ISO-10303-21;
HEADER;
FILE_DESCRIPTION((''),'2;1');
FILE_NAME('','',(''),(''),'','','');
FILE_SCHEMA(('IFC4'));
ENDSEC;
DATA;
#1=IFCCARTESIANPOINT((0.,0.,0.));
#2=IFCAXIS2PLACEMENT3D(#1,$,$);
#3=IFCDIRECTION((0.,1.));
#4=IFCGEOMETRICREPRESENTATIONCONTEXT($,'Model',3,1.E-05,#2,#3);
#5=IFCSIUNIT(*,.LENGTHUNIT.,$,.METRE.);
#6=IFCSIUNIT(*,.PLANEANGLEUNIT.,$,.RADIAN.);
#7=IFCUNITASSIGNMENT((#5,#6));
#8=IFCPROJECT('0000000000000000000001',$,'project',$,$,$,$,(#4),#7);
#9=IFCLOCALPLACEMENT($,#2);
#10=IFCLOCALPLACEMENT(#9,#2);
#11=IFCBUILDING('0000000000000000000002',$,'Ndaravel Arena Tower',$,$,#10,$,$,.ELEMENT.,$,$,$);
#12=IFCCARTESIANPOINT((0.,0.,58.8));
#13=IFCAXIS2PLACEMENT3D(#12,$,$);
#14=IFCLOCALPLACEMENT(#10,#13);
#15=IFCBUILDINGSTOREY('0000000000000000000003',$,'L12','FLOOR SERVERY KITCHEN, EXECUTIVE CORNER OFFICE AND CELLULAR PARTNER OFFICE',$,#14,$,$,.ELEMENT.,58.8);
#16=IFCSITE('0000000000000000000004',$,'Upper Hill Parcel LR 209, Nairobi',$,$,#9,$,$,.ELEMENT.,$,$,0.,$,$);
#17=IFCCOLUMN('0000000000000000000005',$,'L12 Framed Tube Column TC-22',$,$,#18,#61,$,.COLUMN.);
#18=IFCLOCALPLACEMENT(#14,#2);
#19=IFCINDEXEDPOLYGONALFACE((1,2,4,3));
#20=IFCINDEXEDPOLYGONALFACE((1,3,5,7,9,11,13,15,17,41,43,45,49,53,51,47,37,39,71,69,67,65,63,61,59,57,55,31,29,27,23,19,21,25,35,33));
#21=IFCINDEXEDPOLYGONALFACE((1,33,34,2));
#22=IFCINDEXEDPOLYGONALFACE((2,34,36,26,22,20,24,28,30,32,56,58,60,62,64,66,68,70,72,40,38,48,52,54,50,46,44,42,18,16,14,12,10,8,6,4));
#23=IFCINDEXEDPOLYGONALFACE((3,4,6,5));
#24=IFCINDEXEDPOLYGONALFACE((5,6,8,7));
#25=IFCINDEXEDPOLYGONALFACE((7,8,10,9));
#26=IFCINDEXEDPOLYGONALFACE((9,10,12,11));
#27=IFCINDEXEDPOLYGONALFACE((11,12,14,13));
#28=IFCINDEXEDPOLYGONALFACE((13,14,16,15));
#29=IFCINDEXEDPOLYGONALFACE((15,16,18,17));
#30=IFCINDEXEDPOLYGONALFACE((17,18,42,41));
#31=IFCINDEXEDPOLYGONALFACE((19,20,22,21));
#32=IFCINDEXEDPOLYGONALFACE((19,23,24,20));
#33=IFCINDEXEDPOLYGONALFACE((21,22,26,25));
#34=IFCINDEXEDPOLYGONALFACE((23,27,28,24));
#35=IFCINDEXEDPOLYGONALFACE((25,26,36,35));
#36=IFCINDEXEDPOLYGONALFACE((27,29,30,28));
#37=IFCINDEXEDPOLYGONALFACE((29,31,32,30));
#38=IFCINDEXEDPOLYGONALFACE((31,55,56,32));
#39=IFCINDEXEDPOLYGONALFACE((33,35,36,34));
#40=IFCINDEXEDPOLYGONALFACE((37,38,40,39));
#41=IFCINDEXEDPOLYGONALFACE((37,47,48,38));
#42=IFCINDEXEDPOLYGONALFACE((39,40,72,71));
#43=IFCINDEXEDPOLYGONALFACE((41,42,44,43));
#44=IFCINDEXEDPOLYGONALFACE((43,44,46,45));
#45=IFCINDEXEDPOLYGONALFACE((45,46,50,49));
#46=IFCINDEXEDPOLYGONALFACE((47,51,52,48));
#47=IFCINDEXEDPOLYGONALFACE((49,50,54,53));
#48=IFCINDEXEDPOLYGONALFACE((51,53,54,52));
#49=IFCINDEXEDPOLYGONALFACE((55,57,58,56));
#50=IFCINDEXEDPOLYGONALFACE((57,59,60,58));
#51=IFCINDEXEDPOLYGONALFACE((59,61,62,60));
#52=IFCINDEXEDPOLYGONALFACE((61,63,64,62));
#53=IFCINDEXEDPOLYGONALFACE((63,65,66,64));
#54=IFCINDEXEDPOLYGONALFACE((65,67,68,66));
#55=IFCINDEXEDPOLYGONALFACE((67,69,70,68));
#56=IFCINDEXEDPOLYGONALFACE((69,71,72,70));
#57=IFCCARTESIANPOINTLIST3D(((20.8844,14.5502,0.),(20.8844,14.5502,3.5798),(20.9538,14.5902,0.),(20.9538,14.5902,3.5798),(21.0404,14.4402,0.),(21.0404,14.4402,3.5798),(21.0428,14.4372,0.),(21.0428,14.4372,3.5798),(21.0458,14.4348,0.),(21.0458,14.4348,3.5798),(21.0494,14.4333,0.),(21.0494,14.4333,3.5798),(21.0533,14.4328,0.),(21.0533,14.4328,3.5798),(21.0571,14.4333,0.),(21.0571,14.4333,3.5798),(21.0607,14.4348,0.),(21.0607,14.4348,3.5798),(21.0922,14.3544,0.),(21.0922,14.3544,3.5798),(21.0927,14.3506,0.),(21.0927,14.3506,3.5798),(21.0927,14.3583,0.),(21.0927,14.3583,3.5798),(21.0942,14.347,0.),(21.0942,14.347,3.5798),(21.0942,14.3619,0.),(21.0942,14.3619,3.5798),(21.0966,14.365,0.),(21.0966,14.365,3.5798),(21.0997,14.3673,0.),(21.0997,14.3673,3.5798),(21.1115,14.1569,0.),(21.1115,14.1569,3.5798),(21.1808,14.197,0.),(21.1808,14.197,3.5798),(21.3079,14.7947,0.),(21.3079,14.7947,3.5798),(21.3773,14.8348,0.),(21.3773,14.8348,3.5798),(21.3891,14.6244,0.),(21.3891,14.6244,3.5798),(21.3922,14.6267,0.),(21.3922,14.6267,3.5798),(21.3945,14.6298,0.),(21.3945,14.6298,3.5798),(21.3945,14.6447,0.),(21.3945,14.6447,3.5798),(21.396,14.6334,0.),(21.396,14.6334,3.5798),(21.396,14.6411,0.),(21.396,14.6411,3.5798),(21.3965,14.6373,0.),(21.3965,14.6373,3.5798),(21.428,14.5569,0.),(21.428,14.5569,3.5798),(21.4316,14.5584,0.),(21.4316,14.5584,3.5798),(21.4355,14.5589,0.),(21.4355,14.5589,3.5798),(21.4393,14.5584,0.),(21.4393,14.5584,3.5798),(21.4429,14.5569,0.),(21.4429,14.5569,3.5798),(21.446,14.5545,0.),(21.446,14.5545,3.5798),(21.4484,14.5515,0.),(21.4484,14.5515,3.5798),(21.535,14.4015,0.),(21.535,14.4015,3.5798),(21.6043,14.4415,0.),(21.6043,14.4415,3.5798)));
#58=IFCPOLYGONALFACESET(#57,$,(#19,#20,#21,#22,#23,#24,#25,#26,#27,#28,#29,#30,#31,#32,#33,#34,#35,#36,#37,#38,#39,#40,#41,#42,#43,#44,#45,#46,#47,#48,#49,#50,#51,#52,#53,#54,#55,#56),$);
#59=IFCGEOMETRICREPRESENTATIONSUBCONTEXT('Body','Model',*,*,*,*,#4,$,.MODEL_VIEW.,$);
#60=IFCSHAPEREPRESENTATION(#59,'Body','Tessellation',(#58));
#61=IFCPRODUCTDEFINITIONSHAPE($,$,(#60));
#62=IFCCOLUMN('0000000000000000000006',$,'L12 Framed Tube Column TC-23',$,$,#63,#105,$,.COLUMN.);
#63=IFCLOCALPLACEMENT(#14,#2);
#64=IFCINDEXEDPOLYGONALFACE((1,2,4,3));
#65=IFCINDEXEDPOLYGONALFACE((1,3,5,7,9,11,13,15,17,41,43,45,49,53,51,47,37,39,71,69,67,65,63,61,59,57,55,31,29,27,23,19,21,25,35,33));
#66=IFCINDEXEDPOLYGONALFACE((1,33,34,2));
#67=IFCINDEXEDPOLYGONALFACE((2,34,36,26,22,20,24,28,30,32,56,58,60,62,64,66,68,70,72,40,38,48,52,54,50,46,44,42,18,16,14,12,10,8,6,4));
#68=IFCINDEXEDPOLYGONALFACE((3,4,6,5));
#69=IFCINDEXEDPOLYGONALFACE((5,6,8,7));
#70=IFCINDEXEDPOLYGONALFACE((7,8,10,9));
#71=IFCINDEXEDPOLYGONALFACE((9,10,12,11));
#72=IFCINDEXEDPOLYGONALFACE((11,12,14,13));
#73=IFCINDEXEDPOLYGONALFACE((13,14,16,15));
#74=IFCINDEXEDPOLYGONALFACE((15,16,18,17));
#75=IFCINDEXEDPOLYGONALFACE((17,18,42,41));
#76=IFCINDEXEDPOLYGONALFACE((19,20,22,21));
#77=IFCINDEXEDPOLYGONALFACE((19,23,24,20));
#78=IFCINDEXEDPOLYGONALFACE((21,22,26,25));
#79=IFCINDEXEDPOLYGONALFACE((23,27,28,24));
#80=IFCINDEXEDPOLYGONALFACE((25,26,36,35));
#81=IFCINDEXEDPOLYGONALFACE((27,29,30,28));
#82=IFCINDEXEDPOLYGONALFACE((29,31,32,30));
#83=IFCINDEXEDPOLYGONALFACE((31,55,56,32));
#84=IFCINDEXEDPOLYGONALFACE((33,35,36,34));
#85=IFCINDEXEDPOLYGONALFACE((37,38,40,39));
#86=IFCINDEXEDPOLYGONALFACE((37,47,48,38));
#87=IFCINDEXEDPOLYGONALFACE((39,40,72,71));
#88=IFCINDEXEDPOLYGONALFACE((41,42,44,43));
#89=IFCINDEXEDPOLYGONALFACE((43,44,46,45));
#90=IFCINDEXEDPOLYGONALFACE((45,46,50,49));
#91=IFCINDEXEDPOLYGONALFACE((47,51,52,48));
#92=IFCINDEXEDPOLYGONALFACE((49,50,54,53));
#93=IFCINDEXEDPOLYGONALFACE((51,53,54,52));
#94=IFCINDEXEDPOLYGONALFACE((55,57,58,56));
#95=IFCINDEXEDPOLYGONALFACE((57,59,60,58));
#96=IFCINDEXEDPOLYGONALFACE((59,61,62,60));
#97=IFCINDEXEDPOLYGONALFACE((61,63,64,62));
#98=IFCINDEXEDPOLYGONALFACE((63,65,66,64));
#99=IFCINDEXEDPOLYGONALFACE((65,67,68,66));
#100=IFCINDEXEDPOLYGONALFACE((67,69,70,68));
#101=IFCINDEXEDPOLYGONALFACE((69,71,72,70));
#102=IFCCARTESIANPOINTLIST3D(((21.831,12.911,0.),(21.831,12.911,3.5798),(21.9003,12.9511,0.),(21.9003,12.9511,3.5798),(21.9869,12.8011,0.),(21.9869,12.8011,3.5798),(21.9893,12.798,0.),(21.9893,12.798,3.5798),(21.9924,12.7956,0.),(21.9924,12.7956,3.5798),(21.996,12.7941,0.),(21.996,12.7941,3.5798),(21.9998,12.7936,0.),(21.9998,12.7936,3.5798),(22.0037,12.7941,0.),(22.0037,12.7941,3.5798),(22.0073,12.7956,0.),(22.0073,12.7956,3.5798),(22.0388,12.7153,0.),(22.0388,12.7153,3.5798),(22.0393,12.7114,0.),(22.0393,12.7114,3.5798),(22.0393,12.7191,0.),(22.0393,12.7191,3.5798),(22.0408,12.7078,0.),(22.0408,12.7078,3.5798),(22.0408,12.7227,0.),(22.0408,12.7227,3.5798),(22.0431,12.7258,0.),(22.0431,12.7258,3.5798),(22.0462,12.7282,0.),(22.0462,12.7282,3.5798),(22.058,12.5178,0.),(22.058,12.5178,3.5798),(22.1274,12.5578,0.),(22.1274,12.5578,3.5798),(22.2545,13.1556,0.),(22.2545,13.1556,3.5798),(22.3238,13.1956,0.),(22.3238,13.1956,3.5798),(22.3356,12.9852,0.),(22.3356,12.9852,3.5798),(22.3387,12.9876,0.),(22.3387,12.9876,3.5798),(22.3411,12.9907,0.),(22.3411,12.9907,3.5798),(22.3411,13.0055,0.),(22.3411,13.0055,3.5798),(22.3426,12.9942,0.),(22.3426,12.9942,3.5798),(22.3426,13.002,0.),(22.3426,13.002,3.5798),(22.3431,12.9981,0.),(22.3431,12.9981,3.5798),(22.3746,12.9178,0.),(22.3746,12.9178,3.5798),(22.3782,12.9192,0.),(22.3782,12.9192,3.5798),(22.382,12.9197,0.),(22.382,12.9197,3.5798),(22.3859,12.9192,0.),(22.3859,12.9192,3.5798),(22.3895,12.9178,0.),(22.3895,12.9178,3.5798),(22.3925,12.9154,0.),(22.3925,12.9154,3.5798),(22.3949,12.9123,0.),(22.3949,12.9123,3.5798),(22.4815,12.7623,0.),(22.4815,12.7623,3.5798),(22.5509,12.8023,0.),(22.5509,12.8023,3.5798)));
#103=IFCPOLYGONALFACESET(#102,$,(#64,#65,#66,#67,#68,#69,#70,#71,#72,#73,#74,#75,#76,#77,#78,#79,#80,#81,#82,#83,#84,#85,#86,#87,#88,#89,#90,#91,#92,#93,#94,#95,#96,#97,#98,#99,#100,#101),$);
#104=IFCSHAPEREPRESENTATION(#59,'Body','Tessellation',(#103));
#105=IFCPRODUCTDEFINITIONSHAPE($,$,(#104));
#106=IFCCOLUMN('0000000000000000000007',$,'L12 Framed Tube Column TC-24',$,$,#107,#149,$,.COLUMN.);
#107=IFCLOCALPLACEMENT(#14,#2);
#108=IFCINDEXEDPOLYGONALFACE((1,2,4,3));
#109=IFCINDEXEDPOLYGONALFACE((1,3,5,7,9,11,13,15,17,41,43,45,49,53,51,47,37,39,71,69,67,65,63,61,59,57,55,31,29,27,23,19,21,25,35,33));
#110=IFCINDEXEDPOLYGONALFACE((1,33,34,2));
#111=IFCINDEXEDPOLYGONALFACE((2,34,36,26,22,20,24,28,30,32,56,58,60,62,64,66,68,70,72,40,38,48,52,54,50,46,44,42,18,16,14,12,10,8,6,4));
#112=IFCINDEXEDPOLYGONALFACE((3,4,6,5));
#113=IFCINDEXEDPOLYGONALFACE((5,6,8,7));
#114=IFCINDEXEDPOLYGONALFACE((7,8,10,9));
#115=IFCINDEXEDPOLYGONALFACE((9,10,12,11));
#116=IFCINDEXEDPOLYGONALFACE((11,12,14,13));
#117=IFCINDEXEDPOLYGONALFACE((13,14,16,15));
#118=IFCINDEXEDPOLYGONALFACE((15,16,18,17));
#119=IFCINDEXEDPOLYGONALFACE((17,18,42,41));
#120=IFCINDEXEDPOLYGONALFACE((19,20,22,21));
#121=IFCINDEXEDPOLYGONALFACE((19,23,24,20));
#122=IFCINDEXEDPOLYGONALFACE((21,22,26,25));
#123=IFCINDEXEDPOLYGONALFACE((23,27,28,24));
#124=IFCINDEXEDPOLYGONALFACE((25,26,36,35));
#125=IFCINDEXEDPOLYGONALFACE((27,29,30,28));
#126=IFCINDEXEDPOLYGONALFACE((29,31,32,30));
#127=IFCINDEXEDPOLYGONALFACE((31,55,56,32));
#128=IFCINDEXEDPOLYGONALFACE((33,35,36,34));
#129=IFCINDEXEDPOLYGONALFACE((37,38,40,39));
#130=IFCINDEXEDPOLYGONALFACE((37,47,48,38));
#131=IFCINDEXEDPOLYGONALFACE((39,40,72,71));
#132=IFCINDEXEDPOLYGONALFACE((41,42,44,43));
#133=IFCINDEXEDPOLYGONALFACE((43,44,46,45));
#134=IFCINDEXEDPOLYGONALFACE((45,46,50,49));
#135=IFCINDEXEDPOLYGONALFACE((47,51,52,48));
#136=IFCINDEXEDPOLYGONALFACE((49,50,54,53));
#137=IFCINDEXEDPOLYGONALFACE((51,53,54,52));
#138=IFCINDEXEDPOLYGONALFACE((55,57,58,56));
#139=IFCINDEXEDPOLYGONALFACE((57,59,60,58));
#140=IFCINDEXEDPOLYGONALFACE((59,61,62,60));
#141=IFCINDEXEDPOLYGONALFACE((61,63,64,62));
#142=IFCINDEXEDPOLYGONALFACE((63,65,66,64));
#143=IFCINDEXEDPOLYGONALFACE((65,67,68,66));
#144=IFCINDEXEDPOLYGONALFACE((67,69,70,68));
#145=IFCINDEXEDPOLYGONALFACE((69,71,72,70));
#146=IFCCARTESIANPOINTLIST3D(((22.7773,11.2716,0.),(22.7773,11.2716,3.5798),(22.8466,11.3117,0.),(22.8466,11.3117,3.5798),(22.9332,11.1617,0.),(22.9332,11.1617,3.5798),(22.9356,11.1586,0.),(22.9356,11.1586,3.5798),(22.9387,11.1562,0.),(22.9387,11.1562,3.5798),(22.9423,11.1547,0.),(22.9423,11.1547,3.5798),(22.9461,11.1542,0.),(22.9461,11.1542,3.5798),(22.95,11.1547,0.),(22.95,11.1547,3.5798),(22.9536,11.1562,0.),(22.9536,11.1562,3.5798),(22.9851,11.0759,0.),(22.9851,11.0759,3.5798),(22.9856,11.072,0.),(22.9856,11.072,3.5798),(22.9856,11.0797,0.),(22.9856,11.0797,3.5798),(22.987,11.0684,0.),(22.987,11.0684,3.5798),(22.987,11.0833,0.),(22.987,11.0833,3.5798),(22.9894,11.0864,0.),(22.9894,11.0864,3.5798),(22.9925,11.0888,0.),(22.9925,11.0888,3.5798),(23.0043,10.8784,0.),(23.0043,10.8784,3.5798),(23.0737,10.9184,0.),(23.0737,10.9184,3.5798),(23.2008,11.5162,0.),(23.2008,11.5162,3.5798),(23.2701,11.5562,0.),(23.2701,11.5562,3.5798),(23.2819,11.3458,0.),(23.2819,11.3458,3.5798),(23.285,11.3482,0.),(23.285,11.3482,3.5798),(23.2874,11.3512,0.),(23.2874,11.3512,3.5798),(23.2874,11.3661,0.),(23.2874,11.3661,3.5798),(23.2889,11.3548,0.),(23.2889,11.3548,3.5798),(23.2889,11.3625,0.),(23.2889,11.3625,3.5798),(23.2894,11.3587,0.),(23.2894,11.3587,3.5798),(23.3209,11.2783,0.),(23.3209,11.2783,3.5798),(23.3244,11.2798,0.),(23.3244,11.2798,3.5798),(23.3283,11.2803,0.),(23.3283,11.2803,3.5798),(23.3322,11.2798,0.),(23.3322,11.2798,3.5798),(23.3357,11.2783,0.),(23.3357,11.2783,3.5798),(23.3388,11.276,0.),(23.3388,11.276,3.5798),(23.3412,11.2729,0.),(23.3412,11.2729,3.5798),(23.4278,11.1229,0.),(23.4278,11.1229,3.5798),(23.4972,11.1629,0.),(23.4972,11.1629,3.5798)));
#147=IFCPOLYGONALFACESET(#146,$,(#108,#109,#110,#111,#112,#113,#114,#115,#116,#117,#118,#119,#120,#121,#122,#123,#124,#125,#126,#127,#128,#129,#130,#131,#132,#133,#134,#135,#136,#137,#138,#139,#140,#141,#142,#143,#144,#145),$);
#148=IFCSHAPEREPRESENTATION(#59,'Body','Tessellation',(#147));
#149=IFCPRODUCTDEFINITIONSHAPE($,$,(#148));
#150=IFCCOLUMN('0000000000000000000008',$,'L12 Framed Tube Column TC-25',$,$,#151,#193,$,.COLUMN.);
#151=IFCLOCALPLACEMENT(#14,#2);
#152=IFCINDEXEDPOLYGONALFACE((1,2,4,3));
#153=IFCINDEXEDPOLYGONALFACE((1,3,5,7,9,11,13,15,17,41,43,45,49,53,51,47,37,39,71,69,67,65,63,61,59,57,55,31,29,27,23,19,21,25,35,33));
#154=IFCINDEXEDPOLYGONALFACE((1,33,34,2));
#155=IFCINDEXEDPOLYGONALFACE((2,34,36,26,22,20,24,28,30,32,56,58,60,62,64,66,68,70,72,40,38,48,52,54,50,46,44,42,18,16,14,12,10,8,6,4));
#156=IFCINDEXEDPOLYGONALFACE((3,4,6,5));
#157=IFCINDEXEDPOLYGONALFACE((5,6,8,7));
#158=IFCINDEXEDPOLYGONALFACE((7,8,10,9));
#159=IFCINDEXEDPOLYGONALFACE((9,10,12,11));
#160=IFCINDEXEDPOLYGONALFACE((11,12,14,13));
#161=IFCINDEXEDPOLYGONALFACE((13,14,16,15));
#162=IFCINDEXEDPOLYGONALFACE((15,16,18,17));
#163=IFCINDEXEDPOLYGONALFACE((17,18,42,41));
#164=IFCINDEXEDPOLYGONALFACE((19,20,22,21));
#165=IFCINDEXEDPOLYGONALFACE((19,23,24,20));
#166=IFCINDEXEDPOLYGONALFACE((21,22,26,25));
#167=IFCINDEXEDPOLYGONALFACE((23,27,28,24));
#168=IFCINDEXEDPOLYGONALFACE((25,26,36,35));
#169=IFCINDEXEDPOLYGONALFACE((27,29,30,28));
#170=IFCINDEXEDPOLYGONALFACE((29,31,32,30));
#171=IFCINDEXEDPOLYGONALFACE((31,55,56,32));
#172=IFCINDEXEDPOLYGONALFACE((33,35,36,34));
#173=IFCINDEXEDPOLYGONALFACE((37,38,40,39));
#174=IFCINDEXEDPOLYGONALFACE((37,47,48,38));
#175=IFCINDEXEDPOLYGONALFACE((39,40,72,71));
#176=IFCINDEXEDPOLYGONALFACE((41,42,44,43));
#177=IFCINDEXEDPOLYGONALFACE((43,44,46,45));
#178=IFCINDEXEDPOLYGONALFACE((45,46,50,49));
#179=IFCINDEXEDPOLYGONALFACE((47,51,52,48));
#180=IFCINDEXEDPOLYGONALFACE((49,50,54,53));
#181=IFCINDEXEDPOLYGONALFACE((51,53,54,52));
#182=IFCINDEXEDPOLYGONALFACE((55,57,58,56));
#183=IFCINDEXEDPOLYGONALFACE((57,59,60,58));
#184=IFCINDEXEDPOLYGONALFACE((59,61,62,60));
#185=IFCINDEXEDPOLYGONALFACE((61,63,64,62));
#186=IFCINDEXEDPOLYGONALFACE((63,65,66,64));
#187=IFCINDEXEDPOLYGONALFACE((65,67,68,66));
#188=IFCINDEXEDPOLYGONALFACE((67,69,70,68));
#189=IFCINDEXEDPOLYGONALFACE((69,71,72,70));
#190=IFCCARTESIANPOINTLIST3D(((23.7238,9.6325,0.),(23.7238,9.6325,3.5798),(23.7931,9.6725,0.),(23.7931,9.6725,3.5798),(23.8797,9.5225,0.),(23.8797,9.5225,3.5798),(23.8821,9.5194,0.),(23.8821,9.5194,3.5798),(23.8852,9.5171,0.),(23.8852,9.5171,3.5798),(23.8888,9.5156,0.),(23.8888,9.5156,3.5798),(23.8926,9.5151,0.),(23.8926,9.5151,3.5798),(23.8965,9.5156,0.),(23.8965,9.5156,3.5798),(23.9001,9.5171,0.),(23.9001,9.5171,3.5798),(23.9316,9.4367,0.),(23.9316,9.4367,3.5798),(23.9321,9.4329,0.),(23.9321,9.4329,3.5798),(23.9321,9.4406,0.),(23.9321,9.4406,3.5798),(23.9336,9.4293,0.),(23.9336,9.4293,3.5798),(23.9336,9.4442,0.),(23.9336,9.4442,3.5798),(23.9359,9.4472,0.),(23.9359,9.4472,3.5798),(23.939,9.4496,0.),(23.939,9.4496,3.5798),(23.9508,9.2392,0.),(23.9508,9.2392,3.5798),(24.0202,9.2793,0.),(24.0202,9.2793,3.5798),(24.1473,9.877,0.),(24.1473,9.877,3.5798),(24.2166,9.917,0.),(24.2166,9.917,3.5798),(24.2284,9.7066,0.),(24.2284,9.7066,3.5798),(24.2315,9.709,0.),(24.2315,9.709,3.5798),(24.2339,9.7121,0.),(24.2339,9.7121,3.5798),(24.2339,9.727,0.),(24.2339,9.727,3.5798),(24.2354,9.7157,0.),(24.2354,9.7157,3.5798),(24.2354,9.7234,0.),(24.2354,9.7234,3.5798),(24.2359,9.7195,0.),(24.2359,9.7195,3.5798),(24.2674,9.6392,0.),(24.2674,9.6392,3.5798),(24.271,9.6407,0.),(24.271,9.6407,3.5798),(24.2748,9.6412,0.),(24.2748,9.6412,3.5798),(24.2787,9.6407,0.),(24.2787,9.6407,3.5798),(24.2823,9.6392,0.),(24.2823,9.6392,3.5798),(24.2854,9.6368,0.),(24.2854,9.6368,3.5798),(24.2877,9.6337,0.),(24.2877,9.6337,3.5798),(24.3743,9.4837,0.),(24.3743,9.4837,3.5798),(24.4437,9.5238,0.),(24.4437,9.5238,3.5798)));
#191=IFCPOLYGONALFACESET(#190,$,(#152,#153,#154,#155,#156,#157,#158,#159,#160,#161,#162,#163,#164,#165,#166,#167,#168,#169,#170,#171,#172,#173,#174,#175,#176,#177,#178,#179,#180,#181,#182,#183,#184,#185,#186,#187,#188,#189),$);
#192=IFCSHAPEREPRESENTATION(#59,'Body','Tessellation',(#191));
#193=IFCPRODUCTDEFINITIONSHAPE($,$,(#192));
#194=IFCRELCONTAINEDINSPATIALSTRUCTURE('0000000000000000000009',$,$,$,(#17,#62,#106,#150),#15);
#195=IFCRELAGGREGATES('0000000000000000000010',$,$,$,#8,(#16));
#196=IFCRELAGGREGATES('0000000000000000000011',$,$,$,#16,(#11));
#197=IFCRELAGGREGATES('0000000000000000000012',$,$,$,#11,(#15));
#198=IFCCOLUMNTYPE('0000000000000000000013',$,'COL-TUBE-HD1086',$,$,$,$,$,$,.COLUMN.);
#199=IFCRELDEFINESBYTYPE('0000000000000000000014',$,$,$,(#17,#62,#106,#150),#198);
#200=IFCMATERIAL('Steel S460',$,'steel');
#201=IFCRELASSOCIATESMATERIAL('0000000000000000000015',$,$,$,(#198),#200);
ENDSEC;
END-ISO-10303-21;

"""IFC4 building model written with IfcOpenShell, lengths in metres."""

from ifc_helpers import new_model, si_unit, direction, frame, origin, origin_2d, place, context, subcontext, project, spatial, i_section, extrude, material, material_profile, profile_set, type_object, element, save


model = new_model("IFC4")

# Units and contexts
model_context = context("Model", 3, precision=1e-05, world=origin(), true_north=direction((0.0, 1.0)))
body_context = subcontext(model_context, "Body", "Model", "MODEL_VIEW")
ifc_project = project(units=[si_unit("LENGTHUNIT", "METRE"), si_unit("PLANEANGLEUNIT", "RADIAN")], contexts=[model_context])

# Site, building, storey
site_placement = place(None, origin())
site = spatial("IfcSite", under=ifc_project, at=site_placement, Name="Upper Hill Parcel LR 209, Nairobi", CompositionType="ELEMENT", RefElevation=0.0)
building_placement = place(site_placement, origin())
building = spatial("IfcBuilding", under=site, at=building_placement, Name="Ndaravel Arena Tower", CompositionType="ELEMENT")
storey_placement = place(building_placement, frame((0.0, 0.0, 58.8)))
storey = spatial("IfcBuildingStorey", under=building, at=storey_placement, Name="L12", Description="FLOOR SERVERY KITCHEN, EXECUTIVE CORNER OFFICE AND CELLULAR PARTNER OFFICE", CompositionType="ELEMENT", Elevation=58.8)

# Columns
ifc_material_1 = material(Name="Steel S460", Category="steel")
ifc_material_profile_1 = material_profile(ifc_material_1, i_section(OverallWidth=0.4541, OverallDepth=0.5691, WebThickness=0.0779, FlangeThickness=0.0801, FilletRadius=0.0149, at=origin_2d()), Name="HD 400x1086")
ifc_profile_set_1 = profile_set([ifc_material_profile_1], Name="Steel S460")
column_type = type_object("IfcColumnType", Name="COL-TUBE-HD1086", PredefinedType="COLUMN", material=ifc_profile_set_1)
for number, where, z_axis, x_axis, name in (
    (1, (21.2444, 14.4958, 0.0), (0.0, 0.0, 1.0), (-0.5, 0.866025, 0.0), "L12 Framed Tube Column TC-22"),
    (2, (22.1909, 12.8567, 0.0), (0.0, 0.0, 1.0), (-0.5, 0.866025, 0.0), "L12 Framed Tube Column TC-23"),
    (3, (23.1372, 11.2173, 0.0), (0.0, 0.0, 1.0), (-0.5, 0.866025, 0.0), "L12 Framed Tube Column TC-24"),
    (4, (24.0837, 9.5781, 0.0), (0.0, 0.0, 1.0), (-0.5, 0.866025, 0.0), "L12 Framed Tube Column TC-25"),
):
    element("IfcColumn", number, at=place(storey_placement, frame(where, z_axis=z_axis, x_axis=x_axis)), inside=storey, type_object=column_type, Name=name, PredefinedType="COLUMN", context=body_context, shape_type="SweptSolid", body=[
        extrude(i_section(OverallWidth=0.4541, OverallDepth=0.5691, WebThickness=0.0779, FlangeThickness=0.0801, FilletRadius=0.0149, at=origin_2d()), origin(), (0.0, 0.0, 1.0), 3.5798),
    ])

save(model, "model.ifc")
